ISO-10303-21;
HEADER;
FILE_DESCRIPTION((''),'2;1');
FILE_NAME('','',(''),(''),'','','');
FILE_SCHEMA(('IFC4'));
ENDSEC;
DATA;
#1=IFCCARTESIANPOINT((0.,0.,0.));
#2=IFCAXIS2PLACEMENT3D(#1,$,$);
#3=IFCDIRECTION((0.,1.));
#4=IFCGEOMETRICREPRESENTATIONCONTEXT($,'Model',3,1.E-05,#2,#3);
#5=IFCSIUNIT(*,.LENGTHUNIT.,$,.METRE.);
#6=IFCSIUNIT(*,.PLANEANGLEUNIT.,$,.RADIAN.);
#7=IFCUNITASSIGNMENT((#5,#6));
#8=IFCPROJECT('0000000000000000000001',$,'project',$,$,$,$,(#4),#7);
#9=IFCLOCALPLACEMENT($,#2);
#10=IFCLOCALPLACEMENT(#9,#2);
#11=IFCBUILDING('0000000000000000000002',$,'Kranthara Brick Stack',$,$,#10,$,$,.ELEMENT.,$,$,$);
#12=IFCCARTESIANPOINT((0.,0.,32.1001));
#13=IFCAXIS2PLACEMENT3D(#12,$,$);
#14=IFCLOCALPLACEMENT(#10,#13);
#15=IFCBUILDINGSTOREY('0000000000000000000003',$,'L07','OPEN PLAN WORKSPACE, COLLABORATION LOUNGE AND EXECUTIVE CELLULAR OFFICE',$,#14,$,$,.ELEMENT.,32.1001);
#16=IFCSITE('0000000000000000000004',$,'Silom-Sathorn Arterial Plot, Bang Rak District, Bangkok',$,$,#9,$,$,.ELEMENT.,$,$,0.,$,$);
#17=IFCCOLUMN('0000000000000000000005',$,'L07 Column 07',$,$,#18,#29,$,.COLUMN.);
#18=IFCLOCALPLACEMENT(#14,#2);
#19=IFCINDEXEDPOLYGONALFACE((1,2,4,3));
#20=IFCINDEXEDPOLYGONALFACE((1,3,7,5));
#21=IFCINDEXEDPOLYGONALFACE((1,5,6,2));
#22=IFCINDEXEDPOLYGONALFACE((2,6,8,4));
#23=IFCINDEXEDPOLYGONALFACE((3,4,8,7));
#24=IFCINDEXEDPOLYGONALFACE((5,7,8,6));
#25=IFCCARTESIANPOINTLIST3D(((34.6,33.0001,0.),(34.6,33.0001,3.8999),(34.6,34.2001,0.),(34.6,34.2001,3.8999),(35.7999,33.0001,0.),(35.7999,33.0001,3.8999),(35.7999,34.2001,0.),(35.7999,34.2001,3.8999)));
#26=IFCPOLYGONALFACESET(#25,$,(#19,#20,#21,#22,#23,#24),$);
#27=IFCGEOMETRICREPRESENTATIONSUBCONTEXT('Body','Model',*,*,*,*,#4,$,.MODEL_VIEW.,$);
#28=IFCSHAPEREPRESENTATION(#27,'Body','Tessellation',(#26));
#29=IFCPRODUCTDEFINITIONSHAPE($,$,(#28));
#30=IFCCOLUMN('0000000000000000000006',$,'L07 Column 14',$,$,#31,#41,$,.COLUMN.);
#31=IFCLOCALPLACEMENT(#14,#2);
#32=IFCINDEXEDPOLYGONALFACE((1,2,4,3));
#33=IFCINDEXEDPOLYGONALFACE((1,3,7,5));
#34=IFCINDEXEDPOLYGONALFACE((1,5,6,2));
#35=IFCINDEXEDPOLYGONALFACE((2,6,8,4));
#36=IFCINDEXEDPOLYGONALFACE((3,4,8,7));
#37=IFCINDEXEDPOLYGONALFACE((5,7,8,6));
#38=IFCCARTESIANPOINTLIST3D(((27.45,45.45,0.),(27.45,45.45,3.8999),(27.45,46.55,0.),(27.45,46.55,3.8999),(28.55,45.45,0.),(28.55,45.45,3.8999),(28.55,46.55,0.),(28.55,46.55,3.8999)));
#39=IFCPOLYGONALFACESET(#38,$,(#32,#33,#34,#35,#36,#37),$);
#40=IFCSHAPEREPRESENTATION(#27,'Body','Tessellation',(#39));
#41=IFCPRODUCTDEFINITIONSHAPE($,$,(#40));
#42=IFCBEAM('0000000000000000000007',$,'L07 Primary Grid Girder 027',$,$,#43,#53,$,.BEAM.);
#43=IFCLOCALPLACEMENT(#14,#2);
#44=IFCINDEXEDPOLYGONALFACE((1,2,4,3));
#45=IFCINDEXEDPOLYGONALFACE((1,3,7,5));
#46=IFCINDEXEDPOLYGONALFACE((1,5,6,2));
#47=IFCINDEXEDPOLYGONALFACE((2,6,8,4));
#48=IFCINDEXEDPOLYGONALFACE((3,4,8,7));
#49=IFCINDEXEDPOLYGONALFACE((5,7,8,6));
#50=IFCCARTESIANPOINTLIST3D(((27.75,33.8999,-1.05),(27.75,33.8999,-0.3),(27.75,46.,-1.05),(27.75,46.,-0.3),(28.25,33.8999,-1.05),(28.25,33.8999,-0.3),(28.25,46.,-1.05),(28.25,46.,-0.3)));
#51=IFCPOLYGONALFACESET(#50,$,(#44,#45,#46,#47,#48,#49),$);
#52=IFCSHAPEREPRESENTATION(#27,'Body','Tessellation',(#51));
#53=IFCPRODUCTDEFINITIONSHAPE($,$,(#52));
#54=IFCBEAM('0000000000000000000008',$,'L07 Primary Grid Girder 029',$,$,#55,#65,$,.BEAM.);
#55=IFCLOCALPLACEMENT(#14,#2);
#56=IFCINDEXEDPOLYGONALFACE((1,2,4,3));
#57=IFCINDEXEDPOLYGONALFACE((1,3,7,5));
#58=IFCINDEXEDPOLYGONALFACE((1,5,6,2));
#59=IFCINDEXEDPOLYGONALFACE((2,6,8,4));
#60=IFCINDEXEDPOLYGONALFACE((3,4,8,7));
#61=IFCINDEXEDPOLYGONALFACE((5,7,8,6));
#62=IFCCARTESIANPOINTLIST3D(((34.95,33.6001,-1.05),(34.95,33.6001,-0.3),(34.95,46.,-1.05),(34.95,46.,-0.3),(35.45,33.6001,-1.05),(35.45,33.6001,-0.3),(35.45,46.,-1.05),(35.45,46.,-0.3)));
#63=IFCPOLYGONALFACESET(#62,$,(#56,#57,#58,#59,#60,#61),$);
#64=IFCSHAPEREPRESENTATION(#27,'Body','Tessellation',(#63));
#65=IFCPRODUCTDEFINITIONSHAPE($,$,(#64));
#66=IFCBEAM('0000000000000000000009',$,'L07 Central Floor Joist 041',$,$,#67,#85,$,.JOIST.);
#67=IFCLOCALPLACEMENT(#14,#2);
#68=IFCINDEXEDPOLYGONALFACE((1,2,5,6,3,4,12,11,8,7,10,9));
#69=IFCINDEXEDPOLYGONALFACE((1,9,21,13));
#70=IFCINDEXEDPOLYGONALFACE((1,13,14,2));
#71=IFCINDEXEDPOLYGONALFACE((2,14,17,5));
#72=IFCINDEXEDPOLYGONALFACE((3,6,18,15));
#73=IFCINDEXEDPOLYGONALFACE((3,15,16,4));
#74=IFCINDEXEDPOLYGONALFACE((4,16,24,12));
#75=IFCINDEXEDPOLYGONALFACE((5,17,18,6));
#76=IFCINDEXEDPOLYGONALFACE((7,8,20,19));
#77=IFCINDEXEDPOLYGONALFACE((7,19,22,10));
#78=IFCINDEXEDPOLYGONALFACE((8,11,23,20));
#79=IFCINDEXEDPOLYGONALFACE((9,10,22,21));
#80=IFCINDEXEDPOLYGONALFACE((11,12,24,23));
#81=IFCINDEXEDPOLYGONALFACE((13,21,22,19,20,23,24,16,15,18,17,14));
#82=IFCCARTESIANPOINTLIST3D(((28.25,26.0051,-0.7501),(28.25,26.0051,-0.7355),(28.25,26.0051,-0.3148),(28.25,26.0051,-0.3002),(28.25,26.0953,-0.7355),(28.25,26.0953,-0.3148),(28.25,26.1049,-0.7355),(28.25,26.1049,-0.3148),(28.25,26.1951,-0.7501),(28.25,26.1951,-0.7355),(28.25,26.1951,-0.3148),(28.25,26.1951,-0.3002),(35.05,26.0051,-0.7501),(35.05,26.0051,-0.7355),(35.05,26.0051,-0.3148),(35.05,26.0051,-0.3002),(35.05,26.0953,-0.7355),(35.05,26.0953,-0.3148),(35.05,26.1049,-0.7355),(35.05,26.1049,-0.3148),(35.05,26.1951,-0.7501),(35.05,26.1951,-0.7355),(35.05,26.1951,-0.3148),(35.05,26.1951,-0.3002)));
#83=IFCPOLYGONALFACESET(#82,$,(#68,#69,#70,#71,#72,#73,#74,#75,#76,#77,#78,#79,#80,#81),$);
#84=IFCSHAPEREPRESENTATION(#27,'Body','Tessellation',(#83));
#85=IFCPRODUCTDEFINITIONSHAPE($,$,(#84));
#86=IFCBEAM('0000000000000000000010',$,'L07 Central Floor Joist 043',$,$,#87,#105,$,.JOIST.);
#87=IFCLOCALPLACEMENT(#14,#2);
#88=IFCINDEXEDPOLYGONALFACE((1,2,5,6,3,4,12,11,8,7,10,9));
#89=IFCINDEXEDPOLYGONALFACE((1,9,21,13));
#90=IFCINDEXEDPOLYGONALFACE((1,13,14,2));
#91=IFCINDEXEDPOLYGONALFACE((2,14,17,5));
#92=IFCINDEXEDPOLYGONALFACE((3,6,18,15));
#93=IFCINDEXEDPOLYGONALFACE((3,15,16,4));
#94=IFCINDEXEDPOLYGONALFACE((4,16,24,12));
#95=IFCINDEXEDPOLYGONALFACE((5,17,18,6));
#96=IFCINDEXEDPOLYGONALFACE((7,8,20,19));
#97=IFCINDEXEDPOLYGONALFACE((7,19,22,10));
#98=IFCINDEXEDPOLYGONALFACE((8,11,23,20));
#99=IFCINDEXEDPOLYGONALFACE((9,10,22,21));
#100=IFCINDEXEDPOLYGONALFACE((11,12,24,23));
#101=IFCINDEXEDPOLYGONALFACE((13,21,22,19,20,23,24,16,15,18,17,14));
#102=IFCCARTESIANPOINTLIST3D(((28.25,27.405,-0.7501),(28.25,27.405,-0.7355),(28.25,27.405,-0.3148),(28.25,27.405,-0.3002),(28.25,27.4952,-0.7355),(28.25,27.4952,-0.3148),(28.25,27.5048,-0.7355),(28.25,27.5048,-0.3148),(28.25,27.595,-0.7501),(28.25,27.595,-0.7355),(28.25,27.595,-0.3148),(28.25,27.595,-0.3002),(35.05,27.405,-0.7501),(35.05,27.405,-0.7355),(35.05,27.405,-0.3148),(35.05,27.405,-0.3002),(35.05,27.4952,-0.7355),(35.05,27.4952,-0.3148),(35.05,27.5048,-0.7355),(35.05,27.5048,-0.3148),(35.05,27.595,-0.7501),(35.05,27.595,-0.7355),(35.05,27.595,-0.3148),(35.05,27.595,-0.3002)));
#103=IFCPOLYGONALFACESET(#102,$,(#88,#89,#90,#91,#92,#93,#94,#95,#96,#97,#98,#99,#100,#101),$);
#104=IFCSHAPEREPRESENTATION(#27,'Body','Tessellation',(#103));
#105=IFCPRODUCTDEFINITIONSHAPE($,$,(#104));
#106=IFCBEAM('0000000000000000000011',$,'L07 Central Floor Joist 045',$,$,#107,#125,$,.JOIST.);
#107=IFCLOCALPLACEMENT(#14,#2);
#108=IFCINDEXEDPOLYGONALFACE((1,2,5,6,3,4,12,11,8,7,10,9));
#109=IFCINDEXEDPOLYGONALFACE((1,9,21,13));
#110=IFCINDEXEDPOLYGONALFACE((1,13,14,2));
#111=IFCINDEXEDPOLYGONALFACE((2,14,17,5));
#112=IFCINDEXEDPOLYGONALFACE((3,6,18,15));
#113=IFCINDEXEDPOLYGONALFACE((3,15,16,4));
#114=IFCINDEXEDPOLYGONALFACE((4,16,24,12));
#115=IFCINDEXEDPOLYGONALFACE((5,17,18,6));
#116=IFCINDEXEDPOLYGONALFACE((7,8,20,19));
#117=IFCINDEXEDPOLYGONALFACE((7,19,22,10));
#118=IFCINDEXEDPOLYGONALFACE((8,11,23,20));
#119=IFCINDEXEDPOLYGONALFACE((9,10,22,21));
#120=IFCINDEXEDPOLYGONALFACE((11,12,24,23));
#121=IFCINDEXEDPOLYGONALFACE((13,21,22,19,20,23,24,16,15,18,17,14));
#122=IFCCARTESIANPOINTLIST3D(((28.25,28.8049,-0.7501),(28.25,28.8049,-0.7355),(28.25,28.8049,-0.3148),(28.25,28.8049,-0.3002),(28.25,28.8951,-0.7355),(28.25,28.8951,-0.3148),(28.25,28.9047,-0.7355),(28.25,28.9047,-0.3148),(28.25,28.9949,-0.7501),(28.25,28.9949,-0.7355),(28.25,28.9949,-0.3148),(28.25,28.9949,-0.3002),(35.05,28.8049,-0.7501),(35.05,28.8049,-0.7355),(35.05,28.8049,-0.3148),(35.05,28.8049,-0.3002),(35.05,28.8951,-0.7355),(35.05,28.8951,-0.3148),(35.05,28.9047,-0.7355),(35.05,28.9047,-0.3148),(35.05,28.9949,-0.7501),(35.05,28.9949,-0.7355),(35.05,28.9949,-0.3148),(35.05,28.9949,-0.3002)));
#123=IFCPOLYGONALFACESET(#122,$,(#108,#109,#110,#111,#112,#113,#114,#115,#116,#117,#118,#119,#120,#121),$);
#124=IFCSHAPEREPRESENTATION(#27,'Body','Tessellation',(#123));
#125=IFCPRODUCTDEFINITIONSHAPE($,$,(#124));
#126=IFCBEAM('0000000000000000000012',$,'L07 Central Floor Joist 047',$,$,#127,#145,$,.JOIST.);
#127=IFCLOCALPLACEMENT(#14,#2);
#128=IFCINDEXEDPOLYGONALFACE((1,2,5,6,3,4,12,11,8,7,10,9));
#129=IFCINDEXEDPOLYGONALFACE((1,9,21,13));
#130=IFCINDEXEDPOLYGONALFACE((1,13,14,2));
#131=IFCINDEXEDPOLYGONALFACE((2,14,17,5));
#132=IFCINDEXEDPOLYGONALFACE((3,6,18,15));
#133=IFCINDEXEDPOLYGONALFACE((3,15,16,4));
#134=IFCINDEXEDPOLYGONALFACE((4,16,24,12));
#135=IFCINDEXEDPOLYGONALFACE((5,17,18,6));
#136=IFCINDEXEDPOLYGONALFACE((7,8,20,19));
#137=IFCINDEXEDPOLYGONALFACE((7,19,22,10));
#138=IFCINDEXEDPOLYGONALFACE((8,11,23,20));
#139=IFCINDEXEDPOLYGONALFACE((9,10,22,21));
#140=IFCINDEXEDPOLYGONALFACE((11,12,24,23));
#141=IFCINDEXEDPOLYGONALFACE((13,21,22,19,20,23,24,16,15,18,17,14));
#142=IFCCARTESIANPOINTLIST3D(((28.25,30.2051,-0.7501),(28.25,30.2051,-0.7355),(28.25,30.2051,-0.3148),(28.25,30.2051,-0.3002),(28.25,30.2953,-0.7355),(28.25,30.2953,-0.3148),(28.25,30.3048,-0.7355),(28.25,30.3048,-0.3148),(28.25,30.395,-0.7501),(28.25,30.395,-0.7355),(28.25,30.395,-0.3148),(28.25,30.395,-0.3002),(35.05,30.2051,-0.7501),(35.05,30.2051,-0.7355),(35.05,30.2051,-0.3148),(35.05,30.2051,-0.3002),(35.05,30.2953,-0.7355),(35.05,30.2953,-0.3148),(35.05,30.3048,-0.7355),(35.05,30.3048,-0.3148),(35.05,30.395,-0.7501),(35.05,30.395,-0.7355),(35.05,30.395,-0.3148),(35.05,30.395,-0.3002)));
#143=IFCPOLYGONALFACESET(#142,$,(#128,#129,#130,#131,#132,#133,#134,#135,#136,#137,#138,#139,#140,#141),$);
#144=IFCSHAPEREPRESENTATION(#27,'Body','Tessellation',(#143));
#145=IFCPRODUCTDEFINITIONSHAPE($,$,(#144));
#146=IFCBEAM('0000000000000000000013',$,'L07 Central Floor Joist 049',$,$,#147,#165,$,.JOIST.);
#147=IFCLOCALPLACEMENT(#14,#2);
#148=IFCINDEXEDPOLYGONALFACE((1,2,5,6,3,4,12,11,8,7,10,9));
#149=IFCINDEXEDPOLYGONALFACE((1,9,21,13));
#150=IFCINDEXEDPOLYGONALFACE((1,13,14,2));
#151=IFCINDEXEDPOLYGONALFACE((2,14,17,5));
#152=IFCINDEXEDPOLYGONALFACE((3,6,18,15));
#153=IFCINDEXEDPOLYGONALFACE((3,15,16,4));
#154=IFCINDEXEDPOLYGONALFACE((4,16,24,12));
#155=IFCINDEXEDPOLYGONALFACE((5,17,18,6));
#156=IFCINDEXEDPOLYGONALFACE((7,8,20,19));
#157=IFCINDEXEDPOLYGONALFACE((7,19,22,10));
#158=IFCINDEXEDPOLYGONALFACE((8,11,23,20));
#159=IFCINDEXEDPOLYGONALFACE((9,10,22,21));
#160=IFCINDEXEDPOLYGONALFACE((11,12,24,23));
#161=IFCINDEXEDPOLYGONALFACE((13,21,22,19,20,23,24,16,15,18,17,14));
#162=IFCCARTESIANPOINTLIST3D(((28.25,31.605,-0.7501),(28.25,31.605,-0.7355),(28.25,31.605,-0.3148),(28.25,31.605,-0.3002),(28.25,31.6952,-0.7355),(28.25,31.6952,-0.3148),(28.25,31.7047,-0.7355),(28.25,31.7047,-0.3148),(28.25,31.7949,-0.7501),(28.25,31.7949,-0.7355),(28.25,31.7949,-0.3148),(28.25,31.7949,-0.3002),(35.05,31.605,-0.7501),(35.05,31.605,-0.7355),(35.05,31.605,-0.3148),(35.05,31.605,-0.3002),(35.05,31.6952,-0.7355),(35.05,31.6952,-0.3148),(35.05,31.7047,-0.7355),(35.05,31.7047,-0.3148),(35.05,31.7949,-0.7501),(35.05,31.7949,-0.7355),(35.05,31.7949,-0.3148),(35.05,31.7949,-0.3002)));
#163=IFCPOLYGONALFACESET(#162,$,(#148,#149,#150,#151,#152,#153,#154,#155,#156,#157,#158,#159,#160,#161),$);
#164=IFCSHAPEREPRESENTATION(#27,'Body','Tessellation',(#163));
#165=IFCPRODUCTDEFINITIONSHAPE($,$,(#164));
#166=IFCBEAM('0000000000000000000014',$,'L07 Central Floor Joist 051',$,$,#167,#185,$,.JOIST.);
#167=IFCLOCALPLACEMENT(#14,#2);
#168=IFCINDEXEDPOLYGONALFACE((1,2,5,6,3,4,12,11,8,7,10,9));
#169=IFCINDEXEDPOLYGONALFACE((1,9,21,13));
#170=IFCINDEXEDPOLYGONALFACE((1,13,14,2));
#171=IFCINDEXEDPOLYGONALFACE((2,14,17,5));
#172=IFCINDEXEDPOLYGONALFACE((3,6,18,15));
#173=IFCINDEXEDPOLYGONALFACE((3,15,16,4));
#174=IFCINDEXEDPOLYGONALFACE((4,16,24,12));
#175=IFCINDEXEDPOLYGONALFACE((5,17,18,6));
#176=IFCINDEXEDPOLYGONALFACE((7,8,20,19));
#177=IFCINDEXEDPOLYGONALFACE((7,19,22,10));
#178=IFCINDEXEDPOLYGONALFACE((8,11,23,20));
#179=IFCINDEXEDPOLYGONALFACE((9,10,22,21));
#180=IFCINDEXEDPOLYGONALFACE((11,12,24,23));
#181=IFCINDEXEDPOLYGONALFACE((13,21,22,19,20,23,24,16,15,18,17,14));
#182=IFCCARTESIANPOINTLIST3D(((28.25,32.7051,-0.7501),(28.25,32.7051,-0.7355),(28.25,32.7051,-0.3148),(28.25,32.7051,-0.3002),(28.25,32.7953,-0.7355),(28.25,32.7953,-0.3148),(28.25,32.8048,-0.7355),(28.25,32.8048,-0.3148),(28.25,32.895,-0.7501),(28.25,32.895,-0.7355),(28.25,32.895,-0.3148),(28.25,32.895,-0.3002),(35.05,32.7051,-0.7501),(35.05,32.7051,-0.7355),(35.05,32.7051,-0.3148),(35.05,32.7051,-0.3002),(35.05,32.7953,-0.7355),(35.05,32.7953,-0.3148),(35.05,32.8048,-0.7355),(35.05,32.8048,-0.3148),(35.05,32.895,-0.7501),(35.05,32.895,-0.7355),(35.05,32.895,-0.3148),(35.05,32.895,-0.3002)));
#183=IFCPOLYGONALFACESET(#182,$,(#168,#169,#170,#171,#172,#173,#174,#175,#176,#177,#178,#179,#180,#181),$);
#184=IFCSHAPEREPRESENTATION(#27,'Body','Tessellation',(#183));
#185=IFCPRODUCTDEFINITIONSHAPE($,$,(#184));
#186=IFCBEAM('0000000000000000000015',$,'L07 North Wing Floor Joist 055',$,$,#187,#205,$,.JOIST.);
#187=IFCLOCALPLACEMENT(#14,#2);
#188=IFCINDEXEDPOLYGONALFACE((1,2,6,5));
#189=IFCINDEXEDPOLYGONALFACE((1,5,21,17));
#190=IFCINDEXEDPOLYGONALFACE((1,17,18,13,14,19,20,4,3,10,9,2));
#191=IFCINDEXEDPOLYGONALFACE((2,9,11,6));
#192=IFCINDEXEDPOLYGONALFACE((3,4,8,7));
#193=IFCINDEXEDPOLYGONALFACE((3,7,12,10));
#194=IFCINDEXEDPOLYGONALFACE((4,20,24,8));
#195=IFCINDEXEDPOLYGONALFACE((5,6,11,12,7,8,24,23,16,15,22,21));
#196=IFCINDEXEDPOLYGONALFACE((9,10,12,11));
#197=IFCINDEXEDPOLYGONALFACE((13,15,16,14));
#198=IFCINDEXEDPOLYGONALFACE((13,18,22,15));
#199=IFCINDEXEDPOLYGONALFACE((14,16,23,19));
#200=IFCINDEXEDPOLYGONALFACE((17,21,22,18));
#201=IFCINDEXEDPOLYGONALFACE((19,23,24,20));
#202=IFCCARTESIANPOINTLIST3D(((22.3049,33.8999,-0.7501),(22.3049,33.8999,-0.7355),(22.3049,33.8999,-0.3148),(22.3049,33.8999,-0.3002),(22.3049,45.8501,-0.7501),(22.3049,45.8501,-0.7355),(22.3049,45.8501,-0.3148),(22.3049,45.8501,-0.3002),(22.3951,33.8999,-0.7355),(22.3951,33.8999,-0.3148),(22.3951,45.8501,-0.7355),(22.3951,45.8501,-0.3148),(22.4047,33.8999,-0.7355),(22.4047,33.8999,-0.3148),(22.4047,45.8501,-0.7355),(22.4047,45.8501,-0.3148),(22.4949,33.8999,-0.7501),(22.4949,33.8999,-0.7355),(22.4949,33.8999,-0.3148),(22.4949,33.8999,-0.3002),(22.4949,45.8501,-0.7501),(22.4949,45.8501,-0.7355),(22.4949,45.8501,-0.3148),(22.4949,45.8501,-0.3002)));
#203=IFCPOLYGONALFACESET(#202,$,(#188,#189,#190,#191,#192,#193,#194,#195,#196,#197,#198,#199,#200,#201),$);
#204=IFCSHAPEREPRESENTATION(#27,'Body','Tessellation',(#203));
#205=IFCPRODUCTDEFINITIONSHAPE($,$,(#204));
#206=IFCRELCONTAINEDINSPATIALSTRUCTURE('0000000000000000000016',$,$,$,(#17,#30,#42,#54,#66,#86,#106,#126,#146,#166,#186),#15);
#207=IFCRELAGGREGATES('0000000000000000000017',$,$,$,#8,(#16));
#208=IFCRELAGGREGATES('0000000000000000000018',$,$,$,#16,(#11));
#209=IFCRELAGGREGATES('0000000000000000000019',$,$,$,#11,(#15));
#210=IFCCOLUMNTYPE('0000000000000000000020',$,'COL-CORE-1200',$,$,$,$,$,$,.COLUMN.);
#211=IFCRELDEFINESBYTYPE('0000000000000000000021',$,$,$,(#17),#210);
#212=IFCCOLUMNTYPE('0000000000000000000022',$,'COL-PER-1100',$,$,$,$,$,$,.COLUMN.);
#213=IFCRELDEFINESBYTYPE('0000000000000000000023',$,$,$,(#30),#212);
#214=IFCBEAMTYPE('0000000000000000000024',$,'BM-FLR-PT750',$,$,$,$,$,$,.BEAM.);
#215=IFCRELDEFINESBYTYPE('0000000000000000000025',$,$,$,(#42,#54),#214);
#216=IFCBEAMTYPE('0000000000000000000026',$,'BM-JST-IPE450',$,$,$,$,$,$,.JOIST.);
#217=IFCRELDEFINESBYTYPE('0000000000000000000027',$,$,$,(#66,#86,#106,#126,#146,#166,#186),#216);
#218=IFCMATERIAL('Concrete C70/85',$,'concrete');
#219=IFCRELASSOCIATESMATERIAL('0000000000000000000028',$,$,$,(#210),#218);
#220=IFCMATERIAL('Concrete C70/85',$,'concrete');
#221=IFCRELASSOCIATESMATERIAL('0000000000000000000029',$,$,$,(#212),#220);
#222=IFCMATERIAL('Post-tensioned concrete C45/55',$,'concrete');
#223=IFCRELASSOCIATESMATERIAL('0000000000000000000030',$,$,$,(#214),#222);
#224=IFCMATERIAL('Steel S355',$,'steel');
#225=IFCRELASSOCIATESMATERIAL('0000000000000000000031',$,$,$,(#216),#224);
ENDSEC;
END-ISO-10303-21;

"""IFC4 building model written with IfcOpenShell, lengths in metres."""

from ifc_helpers import new_model, si_unit, direction, frame, origin, origin_2d, place, context, subcontext, project, spatial, rectangle, i_section, extrude, material, material_profile, profile_set, type_object, element, save


model = new_model("IFC4")

# Units and contexts
model_context = context("Model", 3, precision=1e-05, world=origin(), true_north=direction((0.0, 1.0)))
body_context = subcontext(model_context, "Body", "Model", "MODEL_VIEW")
ifc_project = project(units=[si_unit("LENGTHUNIT", "METRE"), si_unit("PLANEANGLEUNIT", "RADIAN")], contexts=[model_context])

# Site, building, storey
site_placement = place(None, origin())
site = spatial("IfcSite", under=ifc_project, at=site_placement, Name="Silom-Sathorn Arterial Plot, Bang Rak District, Bangkok", CompositionType="ELEMENT", RefElevation=0.0)
building_placement = place(site_placement, origin())
building = spatial("IfcBuilding", under=site, at=building_placement, Name="Kranthara Brick Stack", CompositionType="ELEMENT")
storey_placement = place(building_placement, frame((0.0, 0.0, 32.1001)))
storey = spatial("IfcBuildingStorey", under=building, at=storey_placement, Name="L07", Description="OPEN PLAN WORKSPACE, COLLABORATION LOUNGE AND EXECUTIVE CELLULAR OFFICE", CompositionType="ELEMENT", Elevation=32.1001)

# Columns
ifc_material_1 = material(Name="Concrete C70/85", Category="concrete")
ifc_material_profile_1 = material_profile(ifc_material_1, rectangle(XDim=1.2, YDim=1.2, at=origin_2d()), Name="RC 1200x1200")
ifc_profile_set_1 = profile_set([ifc_material_profile_1], Name="Concrete C70/85")
column_type_1 = type_object("IfcColumnType", Name="COL-CORE-1200", PredefinedType="COLUMN", material=ifc_profile_set_1)
column_1_placement = place(storey_placement, frame((35.2, 33.6001, 0.0), z_axis=(0.0, 0.0, 1.0), x_axis=(1.0, 0.0, 0.0)))
element("IfcColumn", 1, at=column_1_placement, inside=storey, type_object=column_type_1, Name="L07 Column 07", PredefinedType="COLUMN", context=body_context, shape_type="SweptSolid", body=[
    extrude(rectangle(XDim=1.2, YDim=1.2, at=origin_2d()), origin(), (0.0, 0.0, 1.0), 3.8999),
])
ifc_material_2 = material(Name="Concrete C70/85", Category="concrete")
ifc_material_profile_2 = material_profile(ifc_material_2, rectangle(XDim=1.1001, YDim=1.1001, at=origin_2d()), Name="RC 1100x1100")
ifc_profile_set_2 = profile_set([ifc_material_profile_2], Name="Concrete C70/85")
column_type_2 = type_object("IfcColumnType", Name="COL-PER-1100", PredefinedType="COLUMN", material=ifc_profile_set_2)
column_2_placement = place(storey_placement, frame((28.0, 46.0, 0.0), z_axis=(0.0, 0.0, 1.0), x_axis=(1.0, 0.0, 0.0)))
element("IfcColumn", 2, at=column_2_placement, inside=storey, type_object=column_type_2, Name="L07 Column 14", PredefinedType="COLUMN", context=body_context, shape_type="SweptSolid", body=[
    extrude(rectangle(XDim=1.1001, YDim=1.1001, at=origin_2d()), origin(), (0.0, 0.0, 1.0), 3.8999),
])

# Beams
ifc_material_3 = material(Name="Post-tensioned concrete C45/55", Category="concrete")
ifc_material_profile_3 = material_profile(ifc_material_3, rectangle(XDim=0.5, YDim=0.75, at=origin_2d()), Name="PT 500x750")
ifc_profile_set_3 = profile_set([ifc_material_profile_3], Name="Post-tensioned concrete C45/55")
beam_type_1 = type_object("IfcBeamType", Name="BM-FLR-PT750", PredefinedType="BEAM", material=ifc_profile_set_3)
beam_1_placement = place(storey_placement, frame((28.0, 33.8999, -0.675), z_axis=(0.0, 1.0, 0.0), x_axis=(-1.0, 0.0, 0.0)))
element("IfcBeam", 3, at=beam_1_placement, inside=storey, type_object=beam_type_1, Name="L07 Primary Grid Girder 027", PredefinedType="BEAM", context=body_context, shape_type="SweptSolid", body=[
    extrude(rectangle(XDim=0.5, YDim=0.75, at=origin_2d()), origin(), (0.0, 0.0, 1.0), 12.1001),
])
beam_2_placement = place(storey_placement, frame((35.2, 33.6001, -0.675), z_axis=(0.0, 1.0, 0.0), x_axis=(-1.0, 0.0, 0.0)))
element("IfcBeam", 4, at=beam_2_placement, inside=storey, type_object=beam_type_1, Name="L07 Primary Grid Girder 029", PredefinedType="BEAM", context=body_context, shape_type="SweptSolid", body=[
    extrude(rectangle(XDim=0.5, YDim=0.75, at=origin_2d()), origin(), (0.0, 0.0, 1.0), 12.3999),
])
ifc_material_4 = material(Name="Steel S355", Category="steel")
ifc_material_profile_4 = material_profile(ifc_material_4, i_section(OverallWidth=0.1899, OverallDepth=0.45, WebThickness=0.0095, FlangeThickness=0.0146, at=origin_2d()), Name="IPE 450")
ifc_profile_set_4 = profile_set([ifc_material_profile_4], Name="Steel S355")
beam_type_2 = type_object("IfcBeamType", Name="BM-JST-IPE450", PredefinedType="JOIST", material=ifc_profile_set_4)
for number, where, z_axis, x_axis, name in (
    (5, (28.25, 26.1001, -0.5251), (1.0, 0.0, 0.0), (0.0, 1.0, 0.0), "L07 Central Floor Joist 041"),
    (6, (28.25, 27.5, -0.5251), (1.0, 0.0, 0.0), (0.0, 1.0, 0.0), "L07 Central Floor Joist 043"),
    (7, (28.25, 28.8999, -0.5251), (1.0, 0.0, 0.0), (0.0, 1.0, 0.0), "L07 Central Floor Joist 045"),
    (8, (28.25, 30.3, -0.5251), (1.0, 0.0, 0.0), (0.0, 1.0, 0.0), "L07 Central Floor Joist 047"),
    (9, (28.25, 31.7, -0.5251), (1.0, 0.0, 0.0), (0.0, 1.0, 0.0), "L07 Central Floor Joist 049"),
    (10, (28.25, 32.8, -0.5251), (1.0, 0.0, 0.0), (0.0, 1.0, 0.0), "L07 Central Floor Joist 051"),
):
    element("IfcBeam", number, at=place(storey_placement, frame(where, z_axis=z_axis, x_axis=x_axis)), inside=storey, type_object=beam_type_2, Name=name, PredefinedType="JOIST", context=body_context, shape_type="SweptSolid", body=[
        extrude(i_section(OverallWidth=0.1899, OverallDepth=0.45, WebThickness=0.0095, FlangeThickness=0.0146, at=origin_2d()), origin(), (0.0, 0.0, 1.0), 6.8),
    ])
for number, where, z_axis, x_axis, name in (
    (11, (22.3999, 33.8999, -0.5251), (0.0, 1.0, 0.0), (-1.0, 0.0, 0.0), "L07 North Wing Floor Joist 055"),
):
    element("IfcBeam", number, at=place(storey_placement, frame(where, z_axis=z_axis, x_axis=x_axis)), inside=storey, type_object=beam_type_2, Name=name, PredefinedType="JOIST", context=body_context, shape_type="SweptSolid", body=[
        extrude(i_section(OverallWidth=0.1899, OverallDepth=0.45, WebThickness=0.0095, FlangeThickness=0.0146, at=origin_2d()), origin(), (0.0, 0.0, 1.0), 11.9502),
    ])

save(model, "model.ifc")
